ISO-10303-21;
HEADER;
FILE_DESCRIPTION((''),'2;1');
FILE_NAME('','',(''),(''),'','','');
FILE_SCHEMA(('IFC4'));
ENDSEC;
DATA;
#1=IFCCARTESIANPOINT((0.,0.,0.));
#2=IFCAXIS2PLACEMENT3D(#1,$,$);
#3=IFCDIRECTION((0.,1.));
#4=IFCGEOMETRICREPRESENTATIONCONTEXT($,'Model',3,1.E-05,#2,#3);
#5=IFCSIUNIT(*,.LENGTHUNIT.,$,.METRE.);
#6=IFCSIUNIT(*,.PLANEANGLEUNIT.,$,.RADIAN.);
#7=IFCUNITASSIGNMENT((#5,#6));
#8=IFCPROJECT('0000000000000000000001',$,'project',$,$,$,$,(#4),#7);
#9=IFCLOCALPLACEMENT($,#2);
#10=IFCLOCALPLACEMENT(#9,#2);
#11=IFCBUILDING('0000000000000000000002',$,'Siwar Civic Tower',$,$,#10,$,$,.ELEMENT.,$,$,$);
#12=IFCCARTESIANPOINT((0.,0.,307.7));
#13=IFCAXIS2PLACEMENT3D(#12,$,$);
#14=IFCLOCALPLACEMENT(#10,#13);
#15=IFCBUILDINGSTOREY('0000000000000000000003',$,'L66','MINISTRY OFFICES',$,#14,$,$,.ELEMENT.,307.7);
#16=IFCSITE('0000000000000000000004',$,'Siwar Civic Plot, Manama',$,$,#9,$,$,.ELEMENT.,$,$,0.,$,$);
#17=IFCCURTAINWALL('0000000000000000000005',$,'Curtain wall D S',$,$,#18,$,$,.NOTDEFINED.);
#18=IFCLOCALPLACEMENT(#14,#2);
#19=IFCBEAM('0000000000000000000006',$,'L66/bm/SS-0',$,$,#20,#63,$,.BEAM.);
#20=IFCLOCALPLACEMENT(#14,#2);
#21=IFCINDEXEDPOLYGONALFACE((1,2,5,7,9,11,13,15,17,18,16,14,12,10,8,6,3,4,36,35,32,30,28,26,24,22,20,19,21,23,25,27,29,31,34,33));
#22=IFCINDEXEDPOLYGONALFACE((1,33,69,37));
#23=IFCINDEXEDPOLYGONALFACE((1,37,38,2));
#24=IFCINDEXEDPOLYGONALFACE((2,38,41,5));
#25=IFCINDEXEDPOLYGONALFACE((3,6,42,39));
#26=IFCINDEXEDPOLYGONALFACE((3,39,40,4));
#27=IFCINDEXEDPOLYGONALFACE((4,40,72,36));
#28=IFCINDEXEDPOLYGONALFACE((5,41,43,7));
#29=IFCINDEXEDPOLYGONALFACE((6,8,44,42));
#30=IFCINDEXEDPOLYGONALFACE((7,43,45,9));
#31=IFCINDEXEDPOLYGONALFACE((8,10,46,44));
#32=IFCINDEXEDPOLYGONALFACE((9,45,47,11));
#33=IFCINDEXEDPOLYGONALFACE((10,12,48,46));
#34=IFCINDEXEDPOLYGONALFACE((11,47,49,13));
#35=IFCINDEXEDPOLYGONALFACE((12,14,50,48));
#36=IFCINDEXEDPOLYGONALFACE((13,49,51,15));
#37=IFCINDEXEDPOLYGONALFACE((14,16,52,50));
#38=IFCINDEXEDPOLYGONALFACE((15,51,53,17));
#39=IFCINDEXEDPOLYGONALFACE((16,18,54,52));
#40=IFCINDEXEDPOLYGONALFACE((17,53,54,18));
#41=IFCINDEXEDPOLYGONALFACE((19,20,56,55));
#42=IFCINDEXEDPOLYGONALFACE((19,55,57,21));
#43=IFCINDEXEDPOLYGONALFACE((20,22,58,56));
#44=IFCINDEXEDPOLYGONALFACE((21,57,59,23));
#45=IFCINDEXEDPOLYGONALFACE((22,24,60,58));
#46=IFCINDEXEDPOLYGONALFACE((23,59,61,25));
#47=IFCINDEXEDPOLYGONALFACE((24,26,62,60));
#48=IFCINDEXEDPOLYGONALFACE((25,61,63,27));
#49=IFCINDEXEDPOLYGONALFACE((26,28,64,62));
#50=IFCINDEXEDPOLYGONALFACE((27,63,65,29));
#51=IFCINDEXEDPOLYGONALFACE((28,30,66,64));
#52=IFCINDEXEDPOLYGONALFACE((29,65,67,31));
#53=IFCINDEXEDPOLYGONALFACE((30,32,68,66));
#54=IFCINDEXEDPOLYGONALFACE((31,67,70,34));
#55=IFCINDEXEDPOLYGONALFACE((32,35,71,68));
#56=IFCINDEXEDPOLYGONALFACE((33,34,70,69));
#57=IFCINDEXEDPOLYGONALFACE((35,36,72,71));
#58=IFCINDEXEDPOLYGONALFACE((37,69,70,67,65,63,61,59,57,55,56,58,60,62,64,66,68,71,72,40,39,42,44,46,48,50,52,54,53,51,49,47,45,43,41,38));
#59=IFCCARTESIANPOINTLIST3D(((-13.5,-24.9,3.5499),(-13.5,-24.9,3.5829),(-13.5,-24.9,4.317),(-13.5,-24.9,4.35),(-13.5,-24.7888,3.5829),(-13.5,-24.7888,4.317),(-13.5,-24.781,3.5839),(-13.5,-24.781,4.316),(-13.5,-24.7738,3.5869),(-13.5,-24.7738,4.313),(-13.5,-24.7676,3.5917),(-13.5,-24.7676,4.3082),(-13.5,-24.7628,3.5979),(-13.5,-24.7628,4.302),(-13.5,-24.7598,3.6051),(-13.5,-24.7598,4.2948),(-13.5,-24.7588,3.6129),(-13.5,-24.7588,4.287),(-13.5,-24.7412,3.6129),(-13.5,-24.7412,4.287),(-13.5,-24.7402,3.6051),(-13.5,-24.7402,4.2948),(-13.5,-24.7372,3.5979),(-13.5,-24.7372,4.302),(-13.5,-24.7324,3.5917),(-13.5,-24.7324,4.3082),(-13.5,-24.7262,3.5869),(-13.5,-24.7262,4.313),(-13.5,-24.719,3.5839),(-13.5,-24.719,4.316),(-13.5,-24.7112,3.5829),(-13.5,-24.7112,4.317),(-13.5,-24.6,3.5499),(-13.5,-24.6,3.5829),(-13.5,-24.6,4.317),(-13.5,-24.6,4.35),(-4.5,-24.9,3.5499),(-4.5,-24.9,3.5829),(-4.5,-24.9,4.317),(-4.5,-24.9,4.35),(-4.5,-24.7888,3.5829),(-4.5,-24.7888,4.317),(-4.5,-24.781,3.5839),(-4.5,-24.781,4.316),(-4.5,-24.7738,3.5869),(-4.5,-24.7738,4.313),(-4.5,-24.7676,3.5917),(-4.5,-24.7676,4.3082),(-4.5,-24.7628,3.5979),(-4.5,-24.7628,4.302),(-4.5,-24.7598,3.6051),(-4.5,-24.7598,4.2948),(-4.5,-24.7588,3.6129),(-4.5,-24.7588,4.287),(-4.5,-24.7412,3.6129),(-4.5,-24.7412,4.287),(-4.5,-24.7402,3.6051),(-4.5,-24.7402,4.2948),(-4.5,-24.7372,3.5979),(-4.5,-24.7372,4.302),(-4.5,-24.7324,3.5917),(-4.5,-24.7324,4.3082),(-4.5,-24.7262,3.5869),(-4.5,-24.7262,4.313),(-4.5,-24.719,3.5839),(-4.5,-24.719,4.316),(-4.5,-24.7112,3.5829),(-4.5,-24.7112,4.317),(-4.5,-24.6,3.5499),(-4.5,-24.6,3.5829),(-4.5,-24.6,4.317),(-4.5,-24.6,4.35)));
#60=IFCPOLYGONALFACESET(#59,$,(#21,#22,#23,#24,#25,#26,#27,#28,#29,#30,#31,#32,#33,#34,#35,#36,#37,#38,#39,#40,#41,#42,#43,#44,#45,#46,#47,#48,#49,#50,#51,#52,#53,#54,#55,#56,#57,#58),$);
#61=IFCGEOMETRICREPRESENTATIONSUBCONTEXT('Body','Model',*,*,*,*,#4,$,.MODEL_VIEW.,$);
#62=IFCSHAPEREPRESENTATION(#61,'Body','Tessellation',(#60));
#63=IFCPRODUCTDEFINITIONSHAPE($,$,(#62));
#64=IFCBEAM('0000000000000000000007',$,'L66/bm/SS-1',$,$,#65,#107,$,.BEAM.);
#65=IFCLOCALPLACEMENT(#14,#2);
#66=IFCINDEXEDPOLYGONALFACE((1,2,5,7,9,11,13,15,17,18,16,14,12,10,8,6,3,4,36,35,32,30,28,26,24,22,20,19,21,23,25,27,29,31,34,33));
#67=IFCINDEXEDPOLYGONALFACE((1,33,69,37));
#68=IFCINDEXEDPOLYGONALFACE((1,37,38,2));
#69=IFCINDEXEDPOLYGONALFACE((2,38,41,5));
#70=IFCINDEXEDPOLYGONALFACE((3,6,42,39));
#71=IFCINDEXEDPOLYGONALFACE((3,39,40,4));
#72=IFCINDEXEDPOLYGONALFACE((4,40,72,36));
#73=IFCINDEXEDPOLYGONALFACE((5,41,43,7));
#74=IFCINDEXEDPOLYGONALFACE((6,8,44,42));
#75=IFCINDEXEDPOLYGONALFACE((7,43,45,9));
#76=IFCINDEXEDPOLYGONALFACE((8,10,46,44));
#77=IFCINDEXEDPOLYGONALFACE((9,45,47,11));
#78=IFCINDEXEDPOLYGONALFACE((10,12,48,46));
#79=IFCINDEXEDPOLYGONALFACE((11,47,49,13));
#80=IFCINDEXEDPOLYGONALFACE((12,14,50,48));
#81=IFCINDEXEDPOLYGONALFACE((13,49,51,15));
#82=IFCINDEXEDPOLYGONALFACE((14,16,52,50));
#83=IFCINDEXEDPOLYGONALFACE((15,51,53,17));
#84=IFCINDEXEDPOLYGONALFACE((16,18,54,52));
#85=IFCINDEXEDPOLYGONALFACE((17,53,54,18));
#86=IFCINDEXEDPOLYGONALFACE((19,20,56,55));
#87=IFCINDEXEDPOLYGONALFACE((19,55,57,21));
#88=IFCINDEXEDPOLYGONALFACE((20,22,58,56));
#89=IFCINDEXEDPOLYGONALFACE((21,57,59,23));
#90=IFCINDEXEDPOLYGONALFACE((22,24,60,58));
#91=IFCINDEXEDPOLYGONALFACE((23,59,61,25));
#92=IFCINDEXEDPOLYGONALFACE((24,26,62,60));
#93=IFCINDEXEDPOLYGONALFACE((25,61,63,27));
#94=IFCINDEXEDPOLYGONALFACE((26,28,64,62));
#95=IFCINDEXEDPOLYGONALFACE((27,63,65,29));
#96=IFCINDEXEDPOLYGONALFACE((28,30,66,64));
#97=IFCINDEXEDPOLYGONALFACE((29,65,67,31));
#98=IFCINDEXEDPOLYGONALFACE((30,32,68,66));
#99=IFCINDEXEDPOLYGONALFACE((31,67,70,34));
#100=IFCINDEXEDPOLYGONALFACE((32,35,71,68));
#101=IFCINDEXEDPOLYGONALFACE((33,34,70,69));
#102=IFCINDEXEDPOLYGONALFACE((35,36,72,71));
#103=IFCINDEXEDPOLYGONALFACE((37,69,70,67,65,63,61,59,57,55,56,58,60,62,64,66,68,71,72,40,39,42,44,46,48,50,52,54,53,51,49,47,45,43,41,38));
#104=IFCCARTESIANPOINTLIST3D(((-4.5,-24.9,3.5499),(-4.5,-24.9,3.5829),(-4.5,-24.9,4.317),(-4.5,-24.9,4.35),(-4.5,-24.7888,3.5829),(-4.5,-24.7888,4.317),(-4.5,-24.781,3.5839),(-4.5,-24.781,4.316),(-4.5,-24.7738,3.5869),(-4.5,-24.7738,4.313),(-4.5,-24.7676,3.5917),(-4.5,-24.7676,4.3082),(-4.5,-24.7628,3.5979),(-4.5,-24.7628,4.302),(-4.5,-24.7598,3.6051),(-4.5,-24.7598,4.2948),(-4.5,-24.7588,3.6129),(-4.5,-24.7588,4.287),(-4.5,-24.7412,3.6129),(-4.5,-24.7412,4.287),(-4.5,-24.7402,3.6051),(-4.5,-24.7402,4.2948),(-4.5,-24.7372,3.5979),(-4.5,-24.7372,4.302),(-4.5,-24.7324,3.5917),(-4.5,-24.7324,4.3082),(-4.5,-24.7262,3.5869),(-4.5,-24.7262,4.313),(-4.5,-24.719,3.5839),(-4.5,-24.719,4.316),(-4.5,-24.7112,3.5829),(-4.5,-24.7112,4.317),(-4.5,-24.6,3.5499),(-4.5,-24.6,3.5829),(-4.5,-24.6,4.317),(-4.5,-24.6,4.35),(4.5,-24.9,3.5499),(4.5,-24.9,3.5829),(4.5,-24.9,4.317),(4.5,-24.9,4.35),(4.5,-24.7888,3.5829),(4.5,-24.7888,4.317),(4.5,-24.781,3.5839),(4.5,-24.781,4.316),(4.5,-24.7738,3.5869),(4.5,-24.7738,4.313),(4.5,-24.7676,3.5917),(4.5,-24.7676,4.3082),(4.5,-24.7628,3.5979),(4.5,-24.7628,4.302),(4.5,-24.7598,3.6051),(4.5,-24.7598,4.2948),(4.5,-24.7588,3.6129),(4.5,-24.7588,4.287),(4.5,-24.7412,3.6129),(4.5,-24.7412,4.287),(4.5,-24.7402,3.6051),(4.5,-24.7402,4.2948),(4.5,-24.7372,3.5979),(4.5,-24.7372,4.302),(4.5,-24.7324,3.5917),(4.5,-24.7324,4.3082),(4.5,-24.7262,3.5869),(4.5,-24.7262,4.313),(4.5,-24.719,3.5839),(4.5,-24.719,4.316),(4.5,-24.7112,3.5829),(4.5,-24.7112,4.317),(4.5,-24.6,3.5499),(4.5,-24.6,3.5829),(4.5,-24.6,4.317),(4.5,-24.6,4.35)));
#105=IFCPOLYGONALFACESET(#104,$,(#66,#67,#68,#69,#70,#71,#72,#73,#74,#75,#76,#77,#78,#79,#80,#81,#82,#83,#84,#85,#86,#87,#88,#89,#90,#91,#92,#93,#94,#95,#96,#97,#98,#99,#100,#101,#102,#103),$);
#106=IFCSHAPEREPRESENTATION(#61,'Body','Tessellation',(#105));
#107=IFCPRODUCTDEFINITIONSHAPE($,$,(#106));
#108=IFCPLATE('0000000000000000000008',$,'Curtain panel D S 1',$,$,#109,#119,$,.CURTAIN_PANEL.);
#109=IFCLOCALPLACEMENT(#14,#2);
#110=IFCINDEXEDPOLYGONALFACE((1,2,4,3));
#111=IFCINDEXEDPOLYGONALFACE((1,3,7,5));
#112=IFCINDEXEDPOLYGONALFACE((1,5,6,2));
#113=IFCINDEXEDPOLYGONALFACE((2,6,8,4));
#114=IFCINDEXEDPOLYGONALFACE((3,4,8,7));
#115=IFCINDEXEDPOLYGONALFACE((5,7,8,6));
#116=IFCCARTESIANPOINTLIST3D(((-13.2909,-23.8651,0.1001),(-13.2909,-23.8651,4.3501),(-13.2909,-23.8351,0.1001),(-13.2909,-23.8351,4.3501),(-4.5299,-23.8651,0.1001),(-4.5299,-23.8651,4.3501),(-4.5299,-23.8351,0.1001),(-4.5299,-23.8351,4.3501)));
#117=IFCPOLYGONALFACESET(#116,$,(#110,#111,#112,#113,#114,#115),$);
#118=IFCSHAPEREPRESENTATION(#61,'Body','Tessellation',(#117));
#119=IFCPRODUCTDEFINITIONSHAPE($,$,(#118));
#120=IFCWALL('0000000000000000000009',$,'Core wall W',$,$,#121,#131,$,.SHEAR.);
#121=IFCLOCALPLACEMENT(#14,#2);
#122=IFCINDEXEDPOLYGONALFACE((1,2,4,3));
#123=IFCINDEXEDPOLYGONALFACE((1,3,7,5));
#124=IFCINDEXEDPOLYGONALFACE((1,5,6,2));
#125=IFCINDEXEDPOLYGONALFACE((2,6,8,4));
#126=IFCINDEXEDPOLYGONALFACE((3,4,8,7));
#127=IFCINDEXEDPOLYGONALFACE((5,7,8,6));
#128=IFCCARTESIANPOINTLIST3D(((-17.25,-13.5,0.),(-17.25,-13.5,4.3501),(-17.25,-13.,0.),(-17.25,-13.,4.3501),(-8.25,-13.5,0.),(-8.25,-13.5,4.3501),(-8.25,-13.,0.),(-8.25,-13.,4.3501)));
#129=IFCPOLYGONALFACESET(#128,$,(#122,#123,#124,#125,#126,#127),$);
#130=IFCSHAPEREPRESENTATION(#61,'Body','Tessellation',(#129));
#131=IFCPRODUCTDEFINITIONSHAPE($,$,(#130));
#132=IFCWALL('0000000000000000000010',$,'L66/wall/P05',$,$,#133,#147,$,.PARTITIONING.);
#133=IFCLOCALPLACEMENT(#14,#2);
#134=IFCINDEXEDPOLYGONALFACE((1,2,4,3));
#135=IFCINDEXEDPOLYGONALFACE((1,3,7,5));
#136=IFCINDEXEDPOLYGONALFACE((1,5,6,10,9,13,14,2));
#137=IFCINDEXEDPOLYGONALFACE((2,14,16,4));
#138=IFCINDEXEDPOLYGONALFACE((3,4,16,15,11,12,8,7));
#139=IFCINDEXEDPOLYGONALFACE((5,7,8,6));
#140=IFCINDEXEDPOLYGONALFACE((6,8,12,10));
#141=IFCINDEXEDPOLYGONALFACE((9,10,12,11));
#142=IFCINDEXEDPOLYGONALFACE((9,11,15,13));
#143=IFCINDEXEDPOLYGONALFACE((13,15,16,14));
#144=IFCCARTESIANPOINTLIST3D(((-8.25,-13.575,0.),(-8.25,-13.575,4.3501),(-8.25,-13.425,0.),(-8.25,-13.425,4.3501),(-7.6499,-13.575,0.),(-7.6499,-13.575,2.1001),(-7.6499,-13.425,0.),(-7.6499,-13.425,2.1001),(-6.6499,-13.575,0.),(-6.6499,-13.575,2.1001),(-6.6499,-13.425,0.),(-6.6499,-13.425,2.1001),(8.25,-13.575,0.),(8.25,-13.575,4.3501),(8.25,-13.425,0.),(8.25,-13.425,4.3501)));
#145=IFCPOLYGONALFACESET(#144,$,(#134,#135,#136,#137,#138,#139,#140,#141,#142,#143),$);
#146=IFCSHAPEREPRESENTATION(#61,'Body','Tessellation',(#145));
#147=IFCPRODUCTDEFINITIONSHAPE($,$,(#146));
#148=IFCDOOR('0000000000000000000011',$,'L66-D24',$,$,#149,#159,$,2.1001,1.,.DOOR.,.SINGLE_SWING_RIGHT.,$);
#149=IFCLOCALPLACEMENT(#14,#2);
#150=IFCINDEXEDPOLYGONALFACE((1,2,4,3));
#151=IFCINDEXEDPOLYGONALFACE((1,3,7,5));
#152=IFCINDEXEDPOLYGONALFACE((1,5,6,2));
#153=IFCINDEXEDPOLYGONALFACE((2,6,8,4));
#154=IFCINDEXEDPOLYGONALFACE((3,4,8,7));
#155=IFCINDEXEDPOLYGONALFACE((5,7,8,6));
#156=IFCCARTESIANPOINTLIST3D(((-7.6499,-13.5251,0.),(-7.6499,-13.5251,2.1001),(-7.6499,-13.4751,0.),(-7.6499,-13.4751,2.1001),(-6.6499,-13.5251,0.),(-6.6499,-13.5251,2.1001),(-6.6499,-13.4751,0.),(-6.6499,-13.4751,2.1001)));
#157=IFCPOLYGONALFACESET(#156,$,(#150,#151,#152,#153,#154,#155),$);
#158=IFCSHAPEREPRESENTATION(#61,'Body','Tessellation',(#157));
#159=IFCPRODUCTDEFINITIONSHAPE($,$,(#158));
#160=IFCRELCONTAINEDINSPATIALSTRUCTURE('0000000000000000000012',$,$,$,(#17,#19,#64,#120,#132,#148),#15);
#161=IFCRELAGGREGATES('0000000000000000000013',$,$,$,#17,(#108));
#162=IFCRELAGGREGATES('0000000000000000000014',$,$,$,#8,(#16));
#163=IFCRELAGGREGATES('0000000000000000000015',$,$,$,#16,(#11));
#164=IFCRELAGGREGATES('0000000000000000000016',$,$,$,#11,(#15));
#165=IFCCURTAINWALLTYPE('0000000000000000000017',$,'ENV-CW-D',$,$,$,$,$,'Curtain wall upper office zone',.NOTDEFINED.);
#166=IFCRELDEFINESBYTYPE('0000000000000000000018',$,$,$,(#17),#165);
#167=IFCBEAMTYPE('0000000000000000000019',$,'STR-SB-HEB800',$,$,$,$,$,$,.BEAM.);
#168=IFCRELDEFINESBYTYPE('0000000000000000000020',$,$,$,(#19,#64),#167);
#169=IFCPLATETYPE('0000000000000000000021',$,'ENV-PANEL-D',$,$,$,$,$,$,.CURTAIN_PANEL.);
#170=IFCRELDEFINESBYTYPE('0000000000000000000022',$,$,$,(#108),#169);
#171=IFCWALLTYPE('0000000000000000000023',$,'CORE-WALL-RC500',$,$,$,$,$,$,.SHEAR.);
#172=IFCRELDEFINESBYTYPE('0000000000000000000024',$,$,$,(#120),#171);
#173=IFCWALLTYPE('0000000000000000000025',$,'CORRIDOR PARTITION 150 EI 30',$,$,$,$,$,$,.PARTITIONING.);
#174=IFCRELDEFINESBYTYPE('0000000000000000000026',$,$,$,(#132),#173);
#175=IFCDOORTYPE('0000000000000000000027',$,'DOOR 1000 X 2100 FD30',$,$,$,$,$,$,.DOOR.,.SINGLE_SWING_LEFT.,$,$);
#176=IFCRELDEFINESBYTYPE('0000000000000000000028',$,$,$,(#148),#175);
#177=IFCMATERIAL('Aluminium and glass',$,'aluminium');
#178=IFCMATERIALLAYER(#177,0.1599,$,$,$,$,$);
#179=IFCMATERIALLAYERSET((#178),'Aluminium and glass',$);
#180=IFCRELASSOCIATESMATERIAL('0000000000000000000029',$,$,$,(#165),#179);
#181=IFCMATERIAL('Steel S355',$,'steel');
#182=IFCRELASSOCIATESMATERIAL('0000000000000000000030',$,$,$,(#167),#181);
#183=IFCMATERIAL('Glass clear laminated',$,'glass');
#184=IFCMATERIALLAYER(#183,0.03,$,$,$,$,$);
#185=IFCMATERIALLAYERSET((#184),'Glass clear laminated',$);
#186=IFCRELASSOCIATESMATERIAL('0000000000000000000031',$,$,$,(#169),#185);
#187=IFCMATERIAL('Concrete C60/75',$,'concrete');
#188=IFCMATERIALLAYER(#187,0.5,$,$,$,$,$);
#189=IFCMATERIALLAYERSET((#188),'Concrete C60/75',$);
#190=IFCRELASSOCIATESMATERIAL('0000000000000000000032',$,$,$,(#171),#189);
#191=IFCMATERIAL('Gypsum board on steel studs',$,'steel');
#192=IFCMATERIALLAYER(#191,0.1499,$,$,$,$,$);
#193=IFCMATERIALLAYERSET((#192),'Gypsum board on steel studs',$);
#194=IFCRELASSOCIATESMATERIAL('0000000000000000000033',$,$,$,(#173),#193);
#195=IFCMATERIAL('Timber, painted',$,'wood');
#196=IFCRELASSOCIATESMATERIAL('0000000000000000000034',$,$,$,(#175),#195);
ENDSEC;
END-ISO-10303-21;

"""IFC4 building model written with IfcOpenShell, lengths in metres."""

from ifc_helpers import new_model, si_unit, direction, frame, frame_2d, origin, origin_2d, place, context, subcontext, project, spatial, rectangle, i_section, extrude, material, layer, layer_set, material_profile, profile_set, type_object, element, fill, aggregate, save


model = new_model("IFC4")

# Units and contexts
model_context = context("Model", 3, precision=1e-05, world=origin(), true_north=direction((0.0, 1.0)))
body_context = subcontext(model_context, "Body", "Model", "MODEL_VIEW")
ifc_project = project(units=[si_unit("LENGTHUNIT", "METRE"), si_unit("PLANEANGLEUNIT", "RADIAN")], contexts=[model_context])

# Site, building, storey
site_placement = place(None, origin())
site = spatial("IfcSite", under=ifc_project, at=site_placement, Name="Siwar Civic Plot, Manama", CompositionType="ELEMENT", RefElevation=0.0)
building_placement = place(site_placement, origin())
building = spatial("IfcBuilding", under=site, at=building_placement, Name="Siwar Civic Tower", CompositionType="ELEMENT")
storey_placement = place(building_placement, frame((0.0, 0.0, 307.7)))
storey = spatial("IfcBuildingStorey", under=building, at=storey_placement, Name="L66", Description="MINISTRY OFFICES", CompositionType="ELEMENT", Elevation=307.7)

# Curtain wall
ifc_material_1 = material(Name="Aluminium and glass", Category="aluminium")
ifc_layer_1 = layer(ifc_material_1, 0.1599)
ifc_layer_set_1 = layer_set([ifc_layer_1], Name="Aluminium and glass")
curtain_wall_type = type_object("IfcCurtainWallType", Name="ENV-CW-D", ElementType="Curtain wall upper office zone", PredefinedType="NOTDEFINED", material=ifc_layer_set_1)
curtain_wall_placement = place(storey_placement, origin())
curtain_wall = element("IfcCurtainWall", 1, at=curtain_wall_placement, inside=storey, type_object=curtain_wall_type, Name="Curtain wall D S", PredefinedType="NOTDEFINED")

# Beams
ifc_material_2 = material(Name="Steel S355", Category="steel")
ifc_material_profile_1 = material_profile(ifc_material_2, i_section(OverallWidth=0.3, OverallDepth=0.8, WebThickness=0.0176, FlangeThickness=0.033, FilletRadius=0.03, at=origin_2d()), Name="HEB800")
ifc_profile_set_1 = profile_set([ifc_material_profile_1], Name="Steel S355")
beam_type_1 = type_object("IfcBeamType", Name="STR-SB-HEB800", PredefinedType="BEAM", material=ifc_profile_set_1)
for number, where, z_axis, x_axis, name in (
    (2, (-13.5, -24.75, 3.95), (1.0, 0.0, 0.0), (0.0, 1.0, 0.0), "L66/bm/SS-0"),
    (3, (-4.5, -24.75, 3.95), (1.0, 0.0, 0.0), (0.0, 1.0, 0.0), "L66/bm/SS-1"),
):
    element("IfcBeam", number, at=place(storey_placement, frame(where, z_axis=z_axis, x_axis=x_axis)), inside=storey, type_object=beam_type_1, Name=name, PredefinedType="BEAM", context=body_context, shape_type="SweptSolid", body=[
        extrude(i_section(OverallWidth=0.3, OverallDepth=0.8, WebThickness=0.0176, FlangeThickness=0.033, FilletRadius=0.03, at=origin_2d()), origin(), (0.0, 0.0, 1.0), 9.0),
    ])

# Plate
ifc_material_3 = material(Name="Glass clear laminated", Category="glass")
ifc_layer_2 = layer(ifc_material_3, 0.03)
ifc_layer_set_2 = layer_set([ifc_layer_2], Name="Glass clear laminated")
plate_type = type_object("IfcPlateType", Name="ENV-PANEL-D", PredefinedType="CURTAIN_PANEL", material=ifc_layer_set_2)
plate_placement = place(storey_placement, frame((-8.9104, -23.8501, 0.1001), z_axis=(0.0, 0.0, 1.0), x_axis=(1.0, 0.0, 0.0)))
plate = element("IfcPlate", 4, at=plate_placement, type_object=plate_type, Name="Curtain panel D S 1", PredefinedType="CURTAIN_PANEL", context=body_context, shape_type="SweptSolid", body=[
    extrude(rectangle(XDim=8.761, YDim=0.03, at=origin_2d()), origin(), (0.0, 0.0, 1.0), 4.25),
])
aggregate(curtain_wall, [plate])

# Wall
ifc_material_4 = material(Name="Concrete C60/75", Category="concrete")
ifc_layer_3 = layer(ifc_material_4, 0.5)
ifc_layer_set_3 = layer_set([ifc_layer_3], Name="Concrete C60/75")
wall_type_1 = type_object("IfcWallType", Name="CORE-WALL-RC500", PredefinedType="SHEAR", material=ifc_layer_set_3)
wall_1_placement = place(storey_placement, frame((-8.25, -13.25, 0.0), z_axis=(0.0, 0.0, 1.0), x_axis=(-1.0, 0.0, 0.0)))
element("IfcWall", 5, at=wall_1_placement, inside=storey, type_object=wall_type_1, Name="Core wall W", PredefinedType="SHEAR", context=body_context, shape_type="SweptSolid", body=[
    extrude(rectangle(XDim=9.0, YDim=0.5, at=frame_2d((4.5, 0.0))), origin(), (0.0, 0.0, 1.0), 4.3501),
])

# Wall, opening, door
ifc_material_5 = material(Name="Gypsum board on steel studs", Category="steel")
ifc_layer_4 = layer(ifc_material_5, 0.1499)
ifc_layer_set_4 = layer_set([ifc_layer_4], Name="Gypsum board on steel studs")
wall_type_2 = type_object("IfcWallType", Name="CORRIDOR PARTITION 150 EI 30", PredefinedType="PARTITIONING", material=ifc_layer_set_4)
wall_2_placement = place(storey_placement, frame((-8.25, -13.5, 0.0), z_axis=(0.0, 0.0, 1.0), x_axis=(1.0, 0.0, 0.0)))
wall_2 = element("IfcWall", 6, at=wall_2_placement, inside=storey, type_object=wall_type_2, Name="L66/wall/P05", PredefinedType="PARTITIONING", context=body_context, shape_type="SweptSolid", body=[
    extrude(rectangle(XDim=16.5, YDim=0.1499, at=frame_2d((8.25, 0.0))), origin(), (0.0, 0.0, 1.0), 4.3501),
])
opening_1_placement = place(wall_2_placement, frame((0.6001, 0.0, 0.0)))
opening_1 = element("IfcOpeningElement", 7, at=opening_1_placement, cuts=wall_2, PredefinedType="OPENING", context=body_context, shape_type="SweptSolid", body=[
    extrude(rectangle(XDim=1.0, YDim=2.1001, at=frame_2d((0.5, 1.05))), frame((0.0, 0.085, 0.0), z_axis=(0.0, -1.0, 0.0), x_axis=(1.0, 0.0, 0.0)), (0.0, 0.0, 1.0), 0.1699),
])
ifc_material_6 = material(Name="Timber, painted", Category="wood")
door_type_1 = type_object("IfcDoorType", Name="DOOR 1000 X 2100 FD30", OperationType="SINGLE_SWING_LEFT", PredefinedType="DOOR", material=ifc_material_6)
door_1_placement = place(opening_1_placement, origin())
door_1 = element("IfcDoor", 8, at=door_1_placement, inside=storey, type_object=door_type_1, Name="L66-D24", OperationType="SINGLE_SWING_RIGHT", OverallHeight=2.1001, OverallWidth=1.0, PredefinedType="DOOR", context=body_context, shape_type="SweptSolid", body=[
    extrude(rectangle(XDim=1.0, YDim=2.1001, at=frame_2d((0.5, 1.05))), frame((0.0, 0.0249, 0.0), z_axis=(0.0, -1.0, 0.0), x_axis=(1.0, 0.0, 0.0)), (0.0, 0.0, 1.0), 0.05),
])
fill(opening_1, door_1)

save(model, "model.ifc")
